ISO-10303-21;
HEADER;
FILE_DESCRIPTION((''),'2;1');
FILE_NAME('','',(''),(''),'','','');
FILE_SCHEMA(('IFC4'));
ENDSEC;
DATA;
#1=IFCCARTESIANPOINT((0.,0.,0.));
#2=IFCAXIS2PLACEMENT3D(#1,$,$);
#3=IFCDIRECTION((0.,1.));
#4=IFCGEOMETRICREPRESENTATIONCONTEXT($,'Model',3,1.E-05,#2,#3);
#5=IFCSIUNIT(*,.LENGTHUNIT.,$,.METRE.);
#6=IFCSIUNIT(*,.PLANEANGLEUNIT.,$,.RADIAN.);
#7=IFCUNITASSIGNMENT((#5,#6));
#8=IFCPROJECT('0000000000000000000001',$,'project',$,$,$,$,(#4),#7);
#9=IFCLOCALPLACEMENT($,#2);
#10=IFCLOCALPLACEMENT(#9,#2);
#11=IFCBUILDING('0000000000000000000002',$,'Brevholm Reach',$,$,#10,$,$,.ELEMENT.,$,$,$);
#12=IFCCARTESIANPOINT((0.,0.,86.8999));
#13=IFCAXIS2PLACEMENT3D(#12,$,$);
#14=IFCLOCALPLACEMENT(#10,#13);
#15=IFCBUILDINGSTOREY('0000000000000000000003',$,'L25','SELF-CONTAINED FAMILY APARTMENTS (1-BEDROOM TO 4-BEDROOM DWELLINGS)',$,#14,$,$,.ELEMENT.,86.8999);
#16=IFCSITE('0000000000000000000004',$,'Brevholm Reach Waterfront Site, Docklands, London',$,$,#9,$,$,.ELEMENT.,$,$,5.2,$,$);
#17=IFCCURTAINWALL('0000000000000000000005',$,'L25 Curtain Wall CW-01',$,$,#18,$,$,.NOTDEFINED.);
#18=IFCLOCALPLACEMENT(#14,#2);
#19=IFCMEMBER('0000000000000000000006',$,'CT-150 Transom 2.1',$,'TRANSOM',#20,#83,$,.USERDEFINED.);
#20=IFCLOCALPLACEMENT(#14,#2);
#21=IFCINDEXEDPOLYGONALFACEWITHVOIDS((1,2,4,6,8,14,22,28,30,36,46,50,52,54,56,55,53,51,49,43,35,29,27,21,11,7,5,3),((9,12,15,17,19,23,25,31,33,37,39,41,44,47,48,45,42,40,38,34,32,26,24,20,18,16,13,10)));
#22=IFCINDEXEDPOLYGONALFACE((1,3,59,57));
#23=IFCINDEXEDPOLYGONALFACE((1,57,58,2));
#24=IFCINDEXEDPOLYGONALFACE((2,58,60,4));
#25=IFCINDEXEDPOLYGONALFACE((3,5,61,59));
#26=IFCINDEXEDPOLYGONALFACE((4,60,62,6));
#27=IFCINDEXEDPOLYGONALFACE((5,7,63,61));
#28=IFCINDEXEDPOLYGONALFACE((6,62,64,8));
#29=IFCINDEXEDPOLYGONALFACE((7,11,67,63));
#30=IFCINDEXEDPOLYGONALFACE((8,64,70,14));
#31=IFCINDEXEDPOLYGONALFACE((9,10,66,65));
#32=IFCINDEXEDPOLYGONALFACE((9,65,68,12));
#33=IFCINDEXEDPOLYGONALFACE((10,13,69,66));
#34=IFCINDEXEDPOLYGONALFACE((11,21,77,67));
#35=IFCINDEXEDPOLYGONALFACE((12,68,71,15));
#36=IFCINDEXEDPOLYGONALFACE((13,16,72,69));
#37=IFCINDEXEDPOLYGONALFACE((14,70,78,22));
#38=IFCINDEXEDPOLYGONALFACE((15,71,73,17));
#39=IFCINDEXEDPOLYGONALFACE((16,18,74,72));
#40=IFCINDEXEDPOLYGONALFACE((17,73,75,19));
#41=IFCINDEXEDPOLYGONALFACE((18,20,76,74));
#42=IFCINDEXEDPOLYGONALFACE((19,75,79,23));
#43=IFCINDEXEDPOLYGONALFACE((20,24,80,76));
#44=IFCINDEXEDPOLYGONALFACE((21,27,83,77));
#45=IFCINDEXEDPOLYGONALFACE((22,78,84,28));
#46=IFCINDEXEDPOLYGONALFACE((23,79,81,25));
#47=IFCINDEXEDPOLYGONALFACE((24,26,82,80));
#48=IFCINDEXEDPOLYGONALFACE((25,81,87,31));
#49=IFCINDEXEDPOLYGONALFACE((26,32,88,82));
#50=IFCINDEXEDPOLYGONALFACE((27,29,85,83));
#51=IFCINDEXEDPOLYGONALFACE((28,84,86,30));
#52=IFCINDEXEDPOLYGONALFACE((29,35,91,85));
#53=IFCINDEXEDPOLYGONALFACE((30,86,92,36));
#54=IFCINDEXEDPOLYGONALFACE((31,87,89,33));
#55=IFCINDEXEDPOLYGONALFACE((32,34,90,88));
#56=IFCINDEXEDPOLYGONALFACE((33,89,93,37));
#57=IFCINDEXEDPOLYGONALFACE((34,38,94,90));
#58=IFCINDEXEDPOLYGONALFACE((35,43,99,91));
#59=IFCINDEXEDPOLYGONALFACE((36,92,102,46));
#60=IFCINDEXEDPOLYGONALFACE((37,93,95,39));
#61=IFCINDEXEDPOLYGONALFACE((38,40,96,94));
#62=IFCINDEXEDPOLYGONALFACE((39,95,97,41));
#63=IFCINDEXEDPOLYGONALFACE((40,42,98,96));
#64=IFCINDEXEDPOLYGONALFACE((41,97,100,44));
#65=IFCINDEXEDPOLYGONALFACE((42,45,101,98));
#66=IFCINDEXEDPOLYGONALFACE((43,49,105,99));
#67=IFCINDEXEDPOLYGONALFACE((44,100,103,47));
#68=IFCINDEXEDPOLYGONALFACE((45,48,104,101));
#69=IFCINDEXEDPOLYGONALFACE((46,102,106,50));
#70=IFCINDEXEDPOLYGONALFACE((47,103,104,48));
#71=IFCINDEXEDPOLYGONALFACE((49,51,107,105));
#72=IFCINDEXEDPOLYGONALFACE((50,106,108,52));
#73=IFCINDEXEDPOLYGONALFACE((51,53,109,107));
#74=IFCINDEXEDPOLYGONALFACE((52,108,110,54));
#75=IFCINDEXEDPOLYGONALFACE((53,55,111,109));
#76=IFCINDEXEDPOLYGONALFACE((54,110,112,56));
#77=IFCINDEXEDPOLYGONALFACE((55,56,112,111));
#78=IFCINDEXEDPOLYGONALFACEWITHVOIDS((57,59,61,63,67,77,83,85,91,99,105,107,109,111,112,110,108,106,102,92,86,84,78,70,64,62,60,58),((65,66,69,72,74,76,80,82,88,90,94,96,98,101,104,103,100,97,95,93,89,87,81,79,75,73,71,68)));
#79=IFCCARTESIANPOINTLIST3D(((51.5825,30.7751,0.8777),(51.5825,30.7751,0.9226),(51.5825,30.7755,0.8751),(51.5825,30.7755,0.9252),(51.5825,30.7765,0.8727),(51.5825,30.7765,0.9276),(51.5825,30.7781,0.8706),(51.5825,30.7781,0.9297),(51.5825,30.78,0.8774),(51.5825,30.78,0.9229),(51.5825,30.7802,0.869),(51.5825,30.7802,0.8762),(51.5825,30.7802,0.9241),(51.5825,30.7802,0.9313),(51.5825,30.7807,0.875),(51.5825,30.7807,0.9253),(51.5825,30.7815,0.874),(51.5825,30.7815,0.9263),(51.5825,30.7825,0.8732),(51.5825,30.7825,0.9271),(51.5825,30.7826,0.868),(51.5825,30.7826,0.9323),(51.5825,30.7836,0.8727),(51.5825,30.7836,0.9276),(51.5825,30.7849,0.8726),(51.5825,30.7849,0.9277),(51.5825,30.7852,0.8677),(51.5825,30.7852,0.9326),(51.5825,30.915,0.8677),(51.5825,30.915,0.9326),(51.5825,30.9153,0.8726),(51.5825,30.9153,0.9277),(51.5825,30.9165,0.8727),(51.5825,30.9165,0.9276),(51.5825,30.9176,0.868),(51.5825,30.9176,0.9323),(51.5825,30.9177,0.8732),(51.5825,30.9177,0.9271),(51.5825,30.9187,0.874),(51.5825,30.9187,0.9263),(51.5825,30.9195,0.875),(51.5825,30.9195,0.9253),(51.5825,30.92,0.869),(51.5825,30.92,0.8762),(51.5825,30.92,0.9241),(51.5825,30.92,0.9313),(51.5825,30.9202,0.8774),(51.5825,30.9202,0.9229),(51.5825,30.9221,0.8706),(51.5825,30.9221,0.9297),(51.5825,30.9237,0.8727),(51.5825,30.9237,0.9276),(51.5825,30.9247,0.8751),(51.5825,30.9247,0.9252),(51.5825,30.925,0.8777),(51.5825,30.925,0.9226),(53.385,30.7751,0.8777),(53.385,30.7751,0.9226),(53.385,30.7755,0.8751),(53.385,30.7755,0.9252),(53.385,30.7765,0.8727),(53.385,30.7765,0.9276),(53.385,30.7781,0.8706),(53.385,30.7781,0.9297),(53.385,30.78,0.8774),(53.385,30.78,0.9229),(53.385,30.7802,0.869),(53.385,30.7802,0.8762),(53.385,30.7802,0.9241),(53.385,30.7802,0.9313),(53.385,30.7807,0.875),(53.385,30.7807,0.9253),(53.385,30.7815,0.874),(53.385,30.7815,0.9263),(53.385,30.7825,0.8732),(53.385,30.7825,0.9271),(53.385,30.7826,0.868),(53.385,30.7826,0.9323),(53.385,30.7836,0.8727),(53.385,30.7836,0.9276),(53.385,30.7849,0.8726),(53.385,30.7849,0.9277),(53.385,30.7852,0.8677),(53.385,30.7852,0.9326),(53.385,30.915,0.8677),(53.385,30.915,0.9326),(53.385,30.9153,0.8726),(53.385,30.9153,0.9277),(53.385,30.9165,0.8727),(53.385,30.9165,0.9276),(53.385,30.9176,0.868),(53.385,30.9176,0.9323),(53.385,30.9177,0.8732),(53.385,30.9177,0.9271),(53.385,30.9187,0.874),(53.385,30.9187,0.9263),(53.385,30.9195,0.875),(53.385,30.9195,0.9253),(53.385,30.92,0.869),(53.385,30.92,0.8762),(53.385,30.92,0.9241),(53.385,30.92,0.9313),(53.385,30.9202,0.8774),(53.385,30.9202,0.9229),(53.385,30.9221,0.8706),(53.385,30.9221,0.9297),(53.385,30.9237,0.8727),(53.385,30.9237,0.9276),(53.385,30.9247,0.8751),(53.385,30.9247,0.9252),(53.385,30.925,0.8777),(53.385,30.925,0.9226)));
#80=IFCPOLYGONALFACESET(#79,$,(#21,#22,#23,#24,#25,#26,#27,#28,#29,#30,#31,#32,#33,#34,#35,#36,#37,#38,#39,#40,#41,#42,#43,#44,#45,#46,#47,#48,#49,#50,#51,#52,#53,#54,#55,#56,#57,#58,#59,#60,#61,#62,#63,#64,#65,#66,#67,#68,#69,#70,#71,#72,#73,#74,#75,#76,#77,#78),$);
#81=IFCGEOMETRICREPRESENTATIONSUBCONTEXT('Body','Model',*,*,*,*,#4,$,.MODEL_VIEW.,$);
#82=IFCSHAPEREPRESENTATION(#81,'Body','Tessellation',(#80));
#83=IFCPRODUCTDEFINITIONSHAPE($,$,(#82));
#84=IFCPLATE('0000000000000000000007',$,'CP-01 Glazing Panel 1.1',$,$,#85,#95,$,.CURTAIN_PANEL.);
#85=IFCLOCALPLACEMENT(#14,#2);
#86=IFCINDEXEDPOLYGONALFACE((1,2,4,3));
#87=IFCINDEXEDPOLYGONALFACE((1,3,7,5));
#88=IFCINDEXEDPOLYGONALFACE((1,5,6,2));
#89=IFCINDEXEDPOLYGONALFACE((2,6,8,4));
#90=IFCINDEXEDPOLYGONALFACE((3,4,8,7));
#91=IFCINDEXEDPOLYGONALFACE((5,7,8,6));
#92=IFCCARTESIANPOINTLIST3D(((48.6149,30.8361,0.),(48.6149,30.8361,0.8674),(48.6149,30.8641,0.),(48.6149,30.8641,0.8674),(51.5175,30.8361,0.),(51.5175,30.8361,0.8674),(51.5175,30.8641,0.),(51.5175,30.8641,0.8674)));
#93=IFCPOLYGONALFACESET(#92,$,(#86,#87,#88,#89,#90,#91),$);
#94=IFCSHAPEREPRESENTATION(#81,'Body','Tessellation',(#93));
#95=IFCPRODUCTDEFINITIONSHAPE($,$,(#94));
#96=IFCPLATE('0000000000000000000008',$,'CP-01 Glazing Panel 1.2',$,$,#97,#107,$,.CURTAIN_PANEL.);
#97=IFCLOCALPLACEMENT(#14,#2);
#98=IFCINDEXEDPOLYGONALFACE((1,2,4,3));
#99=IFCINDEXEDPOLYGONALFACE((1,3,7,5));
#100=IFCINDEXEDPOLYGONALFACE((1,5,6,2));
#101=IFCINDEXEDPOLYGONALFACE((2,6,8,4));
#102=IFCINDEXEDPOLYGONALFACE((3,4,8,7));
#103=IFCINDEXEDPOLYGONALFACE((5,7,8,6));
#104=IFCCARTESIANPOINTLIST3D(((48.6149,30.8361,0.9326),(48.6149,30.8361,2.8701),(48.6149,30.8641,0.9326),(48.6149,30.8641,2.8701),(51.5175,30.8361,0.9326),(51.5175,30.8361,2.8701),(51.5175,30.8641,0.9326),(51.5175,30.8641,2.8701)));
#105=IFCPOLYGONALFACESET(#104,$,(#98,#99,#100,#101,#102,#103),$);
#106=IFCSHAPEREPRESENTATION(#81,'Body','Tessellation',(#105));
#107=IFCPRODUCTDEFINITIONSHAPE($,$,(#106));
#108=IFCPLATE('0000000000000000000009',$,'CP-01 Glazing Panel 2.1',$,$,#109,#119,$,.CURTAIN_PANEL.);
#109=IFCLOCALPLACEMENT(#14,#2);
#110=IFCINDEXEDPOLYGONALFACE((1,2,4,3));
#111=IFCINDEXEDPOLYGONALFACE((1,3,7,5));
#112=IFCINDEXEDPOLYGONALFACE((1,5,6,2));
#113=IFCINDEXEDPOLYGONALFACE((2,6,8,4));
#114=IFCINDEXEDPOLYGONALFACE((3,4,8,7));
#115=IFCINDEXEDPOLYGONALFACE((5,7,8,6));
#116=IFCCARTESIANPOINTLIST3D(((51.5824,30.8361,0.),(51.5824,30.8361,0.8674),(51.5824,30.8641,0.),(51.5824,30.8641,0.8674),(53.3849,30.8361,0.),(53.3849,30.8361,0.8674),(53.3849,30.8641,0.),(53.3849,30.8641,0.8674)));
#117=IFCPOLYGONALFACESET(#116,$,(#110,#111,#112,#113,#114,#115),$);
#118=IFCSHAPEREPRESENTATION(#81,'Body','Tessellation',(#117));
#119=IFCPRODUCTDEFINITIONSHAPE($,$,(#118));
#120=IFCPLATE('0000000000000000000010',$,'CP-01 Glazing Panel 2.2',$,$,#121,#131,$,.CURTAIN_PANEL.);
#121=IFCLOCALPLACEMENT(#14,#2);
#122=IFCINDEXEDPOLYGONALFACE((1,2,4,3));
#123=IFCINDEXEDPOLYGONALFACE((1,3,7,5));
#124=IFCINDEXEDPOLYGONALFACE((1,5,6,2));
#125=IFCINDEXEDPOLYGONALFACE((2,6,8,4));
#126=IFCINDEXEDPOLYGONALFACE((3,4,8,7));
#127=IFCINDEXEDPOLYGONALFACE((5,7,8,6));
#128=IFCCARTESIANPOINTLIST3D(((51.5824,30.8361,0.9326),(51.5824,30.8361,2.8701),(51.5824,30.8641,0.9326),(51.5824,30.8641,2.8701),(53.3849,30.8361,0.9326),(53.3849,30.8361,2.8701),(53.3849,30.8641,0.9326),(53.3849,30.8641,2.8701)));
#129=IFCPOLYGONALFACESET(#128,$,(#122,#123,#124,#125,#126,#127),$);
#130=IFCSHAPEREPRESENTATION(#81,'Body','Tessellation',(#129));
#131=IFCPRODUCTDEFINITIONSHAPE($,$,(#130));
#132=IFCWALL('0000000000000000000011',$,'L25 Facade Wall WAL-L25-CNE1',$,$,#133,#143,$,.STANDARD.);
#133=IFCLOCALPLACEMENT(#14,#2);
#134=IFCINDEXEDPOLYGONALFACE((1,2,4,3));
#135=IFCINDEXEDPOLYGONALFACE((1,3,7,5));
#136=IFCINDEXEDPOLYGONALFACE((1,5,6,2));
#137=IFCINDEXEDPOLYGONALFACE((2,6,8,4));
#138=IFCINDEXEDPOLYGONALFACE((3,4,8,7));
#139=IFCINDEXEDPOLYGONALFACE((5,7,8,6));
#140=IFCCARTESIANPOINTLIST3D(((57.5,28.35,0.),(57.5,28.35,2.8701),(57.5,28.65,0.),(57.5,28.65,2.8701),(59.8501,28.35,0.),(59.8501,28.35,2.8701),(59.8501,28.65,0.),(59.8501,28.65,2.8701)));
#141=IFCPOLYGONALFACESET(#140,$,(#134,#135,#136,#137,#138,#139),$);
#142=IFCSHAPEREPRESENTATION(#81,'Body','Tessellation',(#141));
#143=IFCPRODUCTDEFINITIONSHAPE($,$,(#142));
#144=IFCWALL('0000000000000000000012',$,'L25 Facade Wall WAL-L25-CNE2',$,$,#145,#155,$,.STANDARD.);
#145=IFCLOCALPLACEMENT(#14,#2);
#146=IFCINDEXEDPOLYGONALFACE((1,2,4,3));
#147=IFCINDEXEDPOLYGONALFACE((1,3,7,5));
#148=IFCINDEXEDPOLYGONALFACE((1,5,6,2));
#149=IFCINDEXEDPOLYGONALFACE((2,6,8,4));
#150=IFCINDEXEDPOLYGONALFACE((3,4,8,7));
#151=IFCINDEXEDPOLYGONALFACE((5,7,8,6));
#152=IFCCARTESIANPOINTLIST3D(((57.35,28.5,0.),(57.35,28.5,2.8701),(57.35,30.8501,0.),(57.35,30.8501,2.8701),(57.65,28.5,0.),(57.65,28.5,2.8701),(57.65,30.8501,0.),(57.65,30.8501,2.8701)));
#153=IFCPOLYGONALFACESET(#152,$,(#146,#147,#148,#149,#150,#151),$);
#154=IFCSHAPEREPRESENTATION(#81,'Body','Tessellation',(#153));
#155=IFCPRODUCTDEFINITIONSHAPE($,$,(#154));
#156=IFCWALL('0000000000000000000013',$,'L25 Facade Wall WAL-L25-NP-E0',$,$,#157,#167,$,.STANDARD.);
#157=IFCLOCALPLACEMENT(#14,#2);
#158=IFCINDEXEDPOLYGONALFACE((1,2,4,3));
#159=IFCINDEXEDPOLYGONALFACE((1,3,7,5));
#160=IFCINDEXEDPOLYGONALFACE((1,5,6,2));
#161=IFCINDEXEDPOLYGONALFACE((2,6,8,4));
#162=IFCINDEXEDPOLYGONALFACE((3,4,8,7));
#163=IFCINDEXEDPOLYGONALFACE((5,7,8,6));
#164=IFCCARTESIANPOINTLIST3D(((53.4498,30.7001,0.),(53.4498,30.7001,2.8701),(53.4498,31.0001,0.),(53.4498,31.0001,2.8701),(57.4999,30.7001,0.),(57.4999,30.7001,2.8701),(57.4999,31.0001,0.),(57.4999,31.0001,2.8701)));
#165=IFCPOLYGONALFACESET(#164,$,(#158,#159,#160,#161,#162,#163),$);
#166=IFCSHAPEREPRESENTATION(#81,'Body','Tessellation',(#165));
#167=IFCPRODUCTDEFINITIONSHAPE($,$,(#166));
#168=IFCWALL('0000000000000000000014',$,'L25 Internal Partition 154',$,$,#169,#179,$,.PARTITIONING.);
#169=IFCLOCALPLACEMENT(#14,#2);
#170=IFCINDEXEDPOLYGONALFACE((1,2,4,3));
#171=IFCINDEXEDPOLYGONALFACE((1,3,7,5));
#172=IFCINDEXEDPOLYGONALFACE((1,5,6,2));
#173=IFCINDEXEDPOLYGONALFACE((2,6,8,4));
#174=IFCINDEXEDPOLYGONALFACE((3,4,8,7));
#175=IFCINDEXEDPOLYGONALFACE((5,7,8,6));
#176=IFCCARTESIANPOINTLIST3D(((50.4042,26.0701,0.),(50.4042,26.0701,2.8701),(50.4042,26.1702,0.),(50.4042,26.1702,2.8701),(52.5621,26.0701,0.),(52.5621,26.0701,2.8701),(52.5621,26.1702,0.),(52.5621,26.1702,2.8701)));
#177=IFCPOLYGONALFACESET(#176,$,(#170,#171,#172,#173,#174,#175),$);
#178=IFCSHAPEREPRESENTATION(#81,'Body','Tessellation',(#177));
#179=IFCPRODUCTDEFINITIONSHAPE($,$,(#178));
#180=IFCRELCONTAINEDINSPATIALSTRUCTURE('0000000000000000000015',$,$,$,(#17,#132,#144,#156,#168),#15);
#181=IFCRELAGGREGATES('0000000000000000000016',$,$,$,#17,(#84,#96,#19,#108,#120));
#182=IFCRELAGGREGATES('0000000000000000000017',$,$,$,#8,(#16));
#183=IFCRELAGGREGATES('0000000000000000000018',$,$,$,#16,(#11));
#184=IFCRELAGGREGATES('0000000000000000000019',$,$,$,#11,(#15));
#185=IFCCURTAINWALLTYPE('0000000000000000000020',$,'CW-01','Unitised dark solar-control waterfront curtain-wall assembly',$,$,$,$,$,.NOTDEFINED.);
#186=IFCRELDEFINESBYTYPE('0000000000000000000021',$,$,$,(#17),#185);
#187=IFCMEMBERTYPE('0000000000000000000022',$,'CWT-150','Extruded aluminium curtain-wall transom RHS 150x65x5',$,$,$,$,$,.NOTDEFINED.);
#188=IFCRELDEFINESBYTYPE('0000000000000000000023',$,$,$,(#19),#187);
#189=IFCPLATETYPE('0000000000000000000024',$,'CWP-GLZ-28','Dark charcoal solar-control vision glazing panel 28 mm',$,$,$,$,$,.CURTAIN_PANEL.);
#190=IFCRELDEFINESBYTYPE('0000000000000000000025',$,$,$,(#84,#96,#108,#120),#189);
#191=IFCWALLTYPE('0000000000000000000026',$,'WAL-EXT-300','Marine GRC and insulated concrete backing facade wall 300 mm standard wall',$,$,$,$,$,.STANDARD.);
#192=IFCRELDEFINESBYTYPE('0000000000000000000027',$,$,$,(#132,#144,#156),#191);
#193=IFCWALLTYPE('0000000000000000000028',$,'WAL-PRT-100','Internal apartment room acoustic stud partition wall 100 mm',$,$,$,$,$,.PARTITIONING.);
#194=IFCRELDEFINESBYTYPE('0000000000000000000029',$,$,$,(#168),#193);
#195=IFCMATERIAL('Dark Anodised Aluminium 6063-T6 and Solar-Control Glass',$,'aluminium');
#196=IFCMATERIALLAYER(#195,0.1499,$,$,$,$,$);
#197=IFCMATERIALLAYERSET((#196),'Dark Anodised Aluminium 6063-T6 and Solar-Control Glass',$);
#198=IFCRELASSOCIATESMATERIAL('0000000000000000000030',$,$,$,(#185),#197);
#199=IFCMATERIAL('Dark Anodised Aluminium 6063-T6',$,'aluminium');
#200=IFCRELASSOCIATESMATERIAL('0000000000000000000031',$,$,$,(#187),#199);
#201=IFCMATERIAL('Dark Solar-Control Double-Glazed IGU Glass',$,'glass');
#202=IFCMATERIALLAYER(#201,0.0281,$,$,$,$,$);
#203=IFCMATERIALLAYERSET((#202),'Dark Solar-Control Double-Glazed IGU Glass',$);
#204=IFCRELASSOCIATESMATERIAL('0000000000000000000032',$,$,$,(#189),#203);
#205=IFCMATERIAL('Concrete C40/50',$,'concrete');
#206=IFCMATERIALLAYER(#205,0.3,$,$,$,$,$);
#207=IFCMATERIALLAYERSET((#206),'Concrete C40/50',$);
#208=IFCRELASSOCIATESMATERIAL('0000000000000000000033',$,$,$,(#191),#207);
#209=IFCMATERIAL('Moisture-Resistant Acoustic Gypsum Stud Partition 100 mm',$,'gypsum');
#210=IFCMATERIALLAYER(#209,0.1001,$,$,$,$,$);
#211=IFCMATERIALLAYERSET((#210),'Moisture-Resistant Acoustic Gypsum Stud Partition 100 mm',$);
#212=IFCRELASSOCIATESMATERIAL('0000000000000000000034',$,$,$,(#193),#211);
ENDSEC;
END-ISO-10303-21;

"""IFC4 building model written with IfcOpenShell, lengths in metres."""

from ifc_helpers import new_model, si_unit, direction, frame, frame_2d, origin, origin_2d, place, context, subcontext, project, spatial, rectangle, hollow_rectangle, extrude, material, layer, layer_set, material_profile, profile_set, type_object, element, aggregate, save


model = new_model("IFC4")

# Units and contexts
model_context = context("Model", 3, precision=1e-05, world=origin(), true_north=direction((0.0, 1.0)))
body_context = subcontext(model_context, "Body", "Model", "MODEL_VIEW")
ifc_project = project(units=[si_unit("LENGTHUNIT", "METRE"), si_unit("PLANEANGLEUNIT", "RADIAN")], contexts=[model_context])

# Site, building, storey
site_placement = place(None, origin())
site = spatial("IfcSite", under=ifc_project, at=site_placement, Name="Brevholm Reach Waterfront Site, Docklands, London", CompositionType="ELEMENT", RefElevation=5.2)
building_placement = place(site_placement, origin())
building = spatial("IfcBuilding", under=site, at=building_placement, Name="Brevholm Reach", CompositionType="ELEMENT")
storey_placement = place(building_placement, frame((0.0, 0.0, 86.8999)))
storey = spatial("IfcBuildingStorey", under=building, at=storey_placement, Name="L25", Description="SELF-CONTAINED FAMILY APARTMENTS (1-BEDROOM TO 4-BEDROOM DWELLINGS)", CompositionType="ELEMENT", Elevation=86.8999)

# Curtain wall, member, plates
ifc_material_1 = material(Name="Dark Anodised Aluminium 6063-T6 and Solar-Control Glass", Category="aluminium")
ifc_layer_1 = layer(ifc_material_1, 0.1499)
ifc_layer_set_1 = layer_set([ifc_layer_1], Name="Dark Anodised Aluminium 6063-T6 and Solar-Control Glass")
curtain_wall_type = type_object("IfcCurtainWallType", Name="CW-01", Description="Unitised dark solar-control waterfront curtain-wall assembly", PredefinedType="NOTDEFINED", material=ifc_layer_set_1)
curtain_wall_placement = place(storey_placement, origin())
curtain_wall = element("IfcCurtainWall", 1, at=curtain_wall_placement, inside=storey, type_object=curtain_wall_type, Name="L25 Curtain Wall CW-01", PredefinedType="NOTDEFINED")
ifc_material_2 = material(Name="Dark Anodised Aluminium 6063-T6", Category="aluminium")
ifc_material_profile_1 = material_profile(ifc_material_2, hollow_rectangle(XDim=0.0649, YDim=0.1499, WallThickness=0.0049, InnerFilletRadius=0.0049, OuterFilletRadius=0.01, at=origin_2d()), Name="RHS 150x65x5")
ifc_profile_set_1 = profile_set([ifc_material_profile_1], Name="Dark Anodised Aluminium 6063-T6")
member_type_1 = type_object("IfcMemberType", Name="CWT-150", Description="Extruded aluminium curtain-wall transom RHS 150x65x5", PredefinedType="NOTDEFINED", material=ifc_profile_set_1)
member_1_placement = place(storey_placement, frame((51.5825, 30.8501, 0.9001), z_axis=(1.0, 0.0, 0.0), x_axis=(0.0, 0.0, 1.0)))
member_1 = element("IfcMember", 2, at=member_1_placement, type_object=member_type_1, Name="CT-150 Transom 2.1", ObjectType="TRANSOM", PredefinedType="USERDEFINED", context=body_context, shape_type="SweptSolid", body=[
    extrude(hollow_rectangle(XDim=0.0649, YDim=0.1499, WallThickness=0.0049, InnerFilletRadius=0.0049, OuterFilletRadius=0.01, at=origin_2d()), origin(), (0.0, 0.0, 1.0), 1.8025),
])
ifc_material_3 = material(Name="Dark Solar-Control Double-Glazed IGU Glass", Category="glass")
ifc_layer_2 = layer(ifc_material_3, 0.0281)
ifc_layer_set_2 = layer_set([ifc_layer_2], Name="Dark Solar-Control Double-Glazed IGU Glass")
plate_type = type_object("IfcPlateType", Name="CWP-GLZ-28", Description="Dark charcoal solar-control vision glazing panel 28 mm", PredefinedType="CURTAIN_PANEL", material=ifc_layer_set_2)
plate_1_placement = place(storey_placement, frame((50.0662, 30.8501, 0.0), z_axis=(0.0, 0.0, 1.0), x_axis=(1.0, 0.0, 0.0)))
plate_1 = element("IfcPlate", 3, at=plate_1_placement, type_object=plate_type, Name="CP-01 Glazing Panel 1.1", PredefinedType="CURTAIN_PANEL", context=body_context, shape_type="SweptSolid", body=[
    extrude(rectangle(XDim=2.9026, YDim=0.0281, at=origin_2d()), origin(), (0.0, 0.0, 1.0), 0.8674),
])
plate_2_placement = place(storey_placement, frame((50.0662, 30.8501, 0.9326), z_axis=(0.0, 0.0, 1.0), x_axis=(1.0, 0.0, 0.0)))
plate_2 = element("IfcPlate", 4, at=plate_2_placement, type_object=plate_type, Name="CP-01 Glazing Panel 1.2", PredefinedType="CURTAIN_PANEL", context=body_context, shape_type="SweptSolid", body=[
    extrude(rectangle(XDim=2.9026, YDim=0.0281, at=origin_2d()), origin(), (0.0, 0.0, 1.0), 1.9375),
])
plate_3_placement = place(storey_placement, frame((52.4836, 30.8501, 0.0), z_axis=(0.0, 0.0, 1.0), x_axis=(1.0, 0.0, 0.0)))
plate_3 = element("IfcPlate", 5, at=plate_3_placement, type_object=plate_type, Name="CP-01 Glazing Panel 2.1", PredefinedType="CURTAIN_PANEL", context=body_context, shape_type="SweptSolid", body=[
    extrude(rectangle(XDim=1.8025, YDim=0.0281, at=origin_2d()), origin(), (0.0, 0.0, 1.0), 0.8674),
])
plate_4_placement = place(storey_placement, frame((52.4836, 30.8501, 0.9326), z_axis=(0.0, 0.0, 1.0), x_axis=(1.0, 0.0, 0.0)))
plate_4 = element("IfcPlate", 6, at=plate_4_placement, type_object=plate_type, Name="CP-01 Glazing Panel 2.2", PredefinedType="CURTAIN_PANEL", context=body_context, shape_type="SweptSolid", body=[
    extrude(rectangle(XDim=1.8025, YDim=0.0281, at=origin_2d()), origin(), (0.0, 0.0, 1.0), 1.9375),
])
aggregate(curtain_wall, [plate_1, plate_2, member_1, plate_3, plate_4])

# Walls
ifc_material_4 = material(Name="Concrete C40/50", Category="concrete")
ifc_layer_3 = layer(ifc_material_4, 0.3)
ifc_layer_set_3 = layer_set([ifc_layer_3], Name="Concrete C40/50")
wall_type_1 = type_object("IfcWallType", Name="WAL-EXT-300", Description="Marine GRC and insulated concrete backing facade wall 300 mm standard wall", PredefinedType="STANDARD", material=ifc_layer_set_3)
for number, where, z_axis, x_axis, name in (
    (7, (59.8501, 28.5, 0.0), (0.0, 0.0, 1.0), (-1.0, 0.0, 0.0), "L25 Facade Wall WAL-L25-CNE1"),
    (8, (57.5, 28.5, 0.0), (0.0, 0.0, 1.0), (0.0, 1.0, 0.0), "L25 Facade Wall WAL-L25-CNE2"),
):
    element("IfcWall", number, at=place(storey_placement, frame(where, z_axis=z_axis, x_axis=x_axis)), inside=storey, type_object=wall_type_1, Name=name, PredefinedType="STANDARD", context=body_context, shape_type="SweptSolid", body=[
        extrude(rectangle(XDim=2.3501, YDim=0.3, at=frame_2d((1.175, 0.0))), origin(), (0.0, 0.0, 1.0), 2.8701),
    ])
wall_1_placement = place(storey_placement, frame((53.45, 30.8501, 0.0), z_axis=(0.0, 0.0, 1.0), x_axis=(1.0, 0.0, 0.0)))
element("IfcWall", 9, at=wall_1_placement, inside=storey, type_object=wall_type_1, Name="L25 Facade Wall WAL-L25-NP-E0", PredefinedType="STANDARD", context=body_context, shape_type="SweptSolid", body=[
    extrude(rectangle(XDim=4.05, YDim=0.3, at=frame_2d((2.0249, 0.0))), origin(), (0.0, 0.0, 1.0), 2.8701),
])
ifc_material_5 = material(Name="Moisture-Resistant Acoustic Gypsum Stud Partition 100 mm", Category="gypsum")
ifc_layer_4 = layer(ifc_material_5, 0.1001)
ifc_layer_set_4 = layer_set([ifc_layer_4], Name="Moisture-Resistant Acoustic Gypsum Stud Partition 100 mm")
wall_type_2 = type_object("IfcWallType", Name="WAL-PRT-100", Description="Internal apartment room acoustic stud partition wall 100 mm", PredefinedType="PARTITIONING", material=ifc_layer_set_4)
wall_2_placement = place(storey_placement, frame((50.4041, 26.1201, 0.0), z_axis=(0.0, 0.0, 1.0), x_axis=(1.0, 0.0, 0.0)))
element("IfcWall", 10, at=wall_2_placement, inside=storey, type_object=wall_type_2, Name="L25 Internal Partition 154", PredefinedType="PARTITIONING", context=body_context, shape_type="SweptSolid", body=[
    extrude(rectangle(XDim=2.158, YDim=0.1001, at=frame_2d((1.0791, 0.0))), origin(), (0.0, 0.0, 1.0), 2.8701),
])

save(model, "model.ifc")
